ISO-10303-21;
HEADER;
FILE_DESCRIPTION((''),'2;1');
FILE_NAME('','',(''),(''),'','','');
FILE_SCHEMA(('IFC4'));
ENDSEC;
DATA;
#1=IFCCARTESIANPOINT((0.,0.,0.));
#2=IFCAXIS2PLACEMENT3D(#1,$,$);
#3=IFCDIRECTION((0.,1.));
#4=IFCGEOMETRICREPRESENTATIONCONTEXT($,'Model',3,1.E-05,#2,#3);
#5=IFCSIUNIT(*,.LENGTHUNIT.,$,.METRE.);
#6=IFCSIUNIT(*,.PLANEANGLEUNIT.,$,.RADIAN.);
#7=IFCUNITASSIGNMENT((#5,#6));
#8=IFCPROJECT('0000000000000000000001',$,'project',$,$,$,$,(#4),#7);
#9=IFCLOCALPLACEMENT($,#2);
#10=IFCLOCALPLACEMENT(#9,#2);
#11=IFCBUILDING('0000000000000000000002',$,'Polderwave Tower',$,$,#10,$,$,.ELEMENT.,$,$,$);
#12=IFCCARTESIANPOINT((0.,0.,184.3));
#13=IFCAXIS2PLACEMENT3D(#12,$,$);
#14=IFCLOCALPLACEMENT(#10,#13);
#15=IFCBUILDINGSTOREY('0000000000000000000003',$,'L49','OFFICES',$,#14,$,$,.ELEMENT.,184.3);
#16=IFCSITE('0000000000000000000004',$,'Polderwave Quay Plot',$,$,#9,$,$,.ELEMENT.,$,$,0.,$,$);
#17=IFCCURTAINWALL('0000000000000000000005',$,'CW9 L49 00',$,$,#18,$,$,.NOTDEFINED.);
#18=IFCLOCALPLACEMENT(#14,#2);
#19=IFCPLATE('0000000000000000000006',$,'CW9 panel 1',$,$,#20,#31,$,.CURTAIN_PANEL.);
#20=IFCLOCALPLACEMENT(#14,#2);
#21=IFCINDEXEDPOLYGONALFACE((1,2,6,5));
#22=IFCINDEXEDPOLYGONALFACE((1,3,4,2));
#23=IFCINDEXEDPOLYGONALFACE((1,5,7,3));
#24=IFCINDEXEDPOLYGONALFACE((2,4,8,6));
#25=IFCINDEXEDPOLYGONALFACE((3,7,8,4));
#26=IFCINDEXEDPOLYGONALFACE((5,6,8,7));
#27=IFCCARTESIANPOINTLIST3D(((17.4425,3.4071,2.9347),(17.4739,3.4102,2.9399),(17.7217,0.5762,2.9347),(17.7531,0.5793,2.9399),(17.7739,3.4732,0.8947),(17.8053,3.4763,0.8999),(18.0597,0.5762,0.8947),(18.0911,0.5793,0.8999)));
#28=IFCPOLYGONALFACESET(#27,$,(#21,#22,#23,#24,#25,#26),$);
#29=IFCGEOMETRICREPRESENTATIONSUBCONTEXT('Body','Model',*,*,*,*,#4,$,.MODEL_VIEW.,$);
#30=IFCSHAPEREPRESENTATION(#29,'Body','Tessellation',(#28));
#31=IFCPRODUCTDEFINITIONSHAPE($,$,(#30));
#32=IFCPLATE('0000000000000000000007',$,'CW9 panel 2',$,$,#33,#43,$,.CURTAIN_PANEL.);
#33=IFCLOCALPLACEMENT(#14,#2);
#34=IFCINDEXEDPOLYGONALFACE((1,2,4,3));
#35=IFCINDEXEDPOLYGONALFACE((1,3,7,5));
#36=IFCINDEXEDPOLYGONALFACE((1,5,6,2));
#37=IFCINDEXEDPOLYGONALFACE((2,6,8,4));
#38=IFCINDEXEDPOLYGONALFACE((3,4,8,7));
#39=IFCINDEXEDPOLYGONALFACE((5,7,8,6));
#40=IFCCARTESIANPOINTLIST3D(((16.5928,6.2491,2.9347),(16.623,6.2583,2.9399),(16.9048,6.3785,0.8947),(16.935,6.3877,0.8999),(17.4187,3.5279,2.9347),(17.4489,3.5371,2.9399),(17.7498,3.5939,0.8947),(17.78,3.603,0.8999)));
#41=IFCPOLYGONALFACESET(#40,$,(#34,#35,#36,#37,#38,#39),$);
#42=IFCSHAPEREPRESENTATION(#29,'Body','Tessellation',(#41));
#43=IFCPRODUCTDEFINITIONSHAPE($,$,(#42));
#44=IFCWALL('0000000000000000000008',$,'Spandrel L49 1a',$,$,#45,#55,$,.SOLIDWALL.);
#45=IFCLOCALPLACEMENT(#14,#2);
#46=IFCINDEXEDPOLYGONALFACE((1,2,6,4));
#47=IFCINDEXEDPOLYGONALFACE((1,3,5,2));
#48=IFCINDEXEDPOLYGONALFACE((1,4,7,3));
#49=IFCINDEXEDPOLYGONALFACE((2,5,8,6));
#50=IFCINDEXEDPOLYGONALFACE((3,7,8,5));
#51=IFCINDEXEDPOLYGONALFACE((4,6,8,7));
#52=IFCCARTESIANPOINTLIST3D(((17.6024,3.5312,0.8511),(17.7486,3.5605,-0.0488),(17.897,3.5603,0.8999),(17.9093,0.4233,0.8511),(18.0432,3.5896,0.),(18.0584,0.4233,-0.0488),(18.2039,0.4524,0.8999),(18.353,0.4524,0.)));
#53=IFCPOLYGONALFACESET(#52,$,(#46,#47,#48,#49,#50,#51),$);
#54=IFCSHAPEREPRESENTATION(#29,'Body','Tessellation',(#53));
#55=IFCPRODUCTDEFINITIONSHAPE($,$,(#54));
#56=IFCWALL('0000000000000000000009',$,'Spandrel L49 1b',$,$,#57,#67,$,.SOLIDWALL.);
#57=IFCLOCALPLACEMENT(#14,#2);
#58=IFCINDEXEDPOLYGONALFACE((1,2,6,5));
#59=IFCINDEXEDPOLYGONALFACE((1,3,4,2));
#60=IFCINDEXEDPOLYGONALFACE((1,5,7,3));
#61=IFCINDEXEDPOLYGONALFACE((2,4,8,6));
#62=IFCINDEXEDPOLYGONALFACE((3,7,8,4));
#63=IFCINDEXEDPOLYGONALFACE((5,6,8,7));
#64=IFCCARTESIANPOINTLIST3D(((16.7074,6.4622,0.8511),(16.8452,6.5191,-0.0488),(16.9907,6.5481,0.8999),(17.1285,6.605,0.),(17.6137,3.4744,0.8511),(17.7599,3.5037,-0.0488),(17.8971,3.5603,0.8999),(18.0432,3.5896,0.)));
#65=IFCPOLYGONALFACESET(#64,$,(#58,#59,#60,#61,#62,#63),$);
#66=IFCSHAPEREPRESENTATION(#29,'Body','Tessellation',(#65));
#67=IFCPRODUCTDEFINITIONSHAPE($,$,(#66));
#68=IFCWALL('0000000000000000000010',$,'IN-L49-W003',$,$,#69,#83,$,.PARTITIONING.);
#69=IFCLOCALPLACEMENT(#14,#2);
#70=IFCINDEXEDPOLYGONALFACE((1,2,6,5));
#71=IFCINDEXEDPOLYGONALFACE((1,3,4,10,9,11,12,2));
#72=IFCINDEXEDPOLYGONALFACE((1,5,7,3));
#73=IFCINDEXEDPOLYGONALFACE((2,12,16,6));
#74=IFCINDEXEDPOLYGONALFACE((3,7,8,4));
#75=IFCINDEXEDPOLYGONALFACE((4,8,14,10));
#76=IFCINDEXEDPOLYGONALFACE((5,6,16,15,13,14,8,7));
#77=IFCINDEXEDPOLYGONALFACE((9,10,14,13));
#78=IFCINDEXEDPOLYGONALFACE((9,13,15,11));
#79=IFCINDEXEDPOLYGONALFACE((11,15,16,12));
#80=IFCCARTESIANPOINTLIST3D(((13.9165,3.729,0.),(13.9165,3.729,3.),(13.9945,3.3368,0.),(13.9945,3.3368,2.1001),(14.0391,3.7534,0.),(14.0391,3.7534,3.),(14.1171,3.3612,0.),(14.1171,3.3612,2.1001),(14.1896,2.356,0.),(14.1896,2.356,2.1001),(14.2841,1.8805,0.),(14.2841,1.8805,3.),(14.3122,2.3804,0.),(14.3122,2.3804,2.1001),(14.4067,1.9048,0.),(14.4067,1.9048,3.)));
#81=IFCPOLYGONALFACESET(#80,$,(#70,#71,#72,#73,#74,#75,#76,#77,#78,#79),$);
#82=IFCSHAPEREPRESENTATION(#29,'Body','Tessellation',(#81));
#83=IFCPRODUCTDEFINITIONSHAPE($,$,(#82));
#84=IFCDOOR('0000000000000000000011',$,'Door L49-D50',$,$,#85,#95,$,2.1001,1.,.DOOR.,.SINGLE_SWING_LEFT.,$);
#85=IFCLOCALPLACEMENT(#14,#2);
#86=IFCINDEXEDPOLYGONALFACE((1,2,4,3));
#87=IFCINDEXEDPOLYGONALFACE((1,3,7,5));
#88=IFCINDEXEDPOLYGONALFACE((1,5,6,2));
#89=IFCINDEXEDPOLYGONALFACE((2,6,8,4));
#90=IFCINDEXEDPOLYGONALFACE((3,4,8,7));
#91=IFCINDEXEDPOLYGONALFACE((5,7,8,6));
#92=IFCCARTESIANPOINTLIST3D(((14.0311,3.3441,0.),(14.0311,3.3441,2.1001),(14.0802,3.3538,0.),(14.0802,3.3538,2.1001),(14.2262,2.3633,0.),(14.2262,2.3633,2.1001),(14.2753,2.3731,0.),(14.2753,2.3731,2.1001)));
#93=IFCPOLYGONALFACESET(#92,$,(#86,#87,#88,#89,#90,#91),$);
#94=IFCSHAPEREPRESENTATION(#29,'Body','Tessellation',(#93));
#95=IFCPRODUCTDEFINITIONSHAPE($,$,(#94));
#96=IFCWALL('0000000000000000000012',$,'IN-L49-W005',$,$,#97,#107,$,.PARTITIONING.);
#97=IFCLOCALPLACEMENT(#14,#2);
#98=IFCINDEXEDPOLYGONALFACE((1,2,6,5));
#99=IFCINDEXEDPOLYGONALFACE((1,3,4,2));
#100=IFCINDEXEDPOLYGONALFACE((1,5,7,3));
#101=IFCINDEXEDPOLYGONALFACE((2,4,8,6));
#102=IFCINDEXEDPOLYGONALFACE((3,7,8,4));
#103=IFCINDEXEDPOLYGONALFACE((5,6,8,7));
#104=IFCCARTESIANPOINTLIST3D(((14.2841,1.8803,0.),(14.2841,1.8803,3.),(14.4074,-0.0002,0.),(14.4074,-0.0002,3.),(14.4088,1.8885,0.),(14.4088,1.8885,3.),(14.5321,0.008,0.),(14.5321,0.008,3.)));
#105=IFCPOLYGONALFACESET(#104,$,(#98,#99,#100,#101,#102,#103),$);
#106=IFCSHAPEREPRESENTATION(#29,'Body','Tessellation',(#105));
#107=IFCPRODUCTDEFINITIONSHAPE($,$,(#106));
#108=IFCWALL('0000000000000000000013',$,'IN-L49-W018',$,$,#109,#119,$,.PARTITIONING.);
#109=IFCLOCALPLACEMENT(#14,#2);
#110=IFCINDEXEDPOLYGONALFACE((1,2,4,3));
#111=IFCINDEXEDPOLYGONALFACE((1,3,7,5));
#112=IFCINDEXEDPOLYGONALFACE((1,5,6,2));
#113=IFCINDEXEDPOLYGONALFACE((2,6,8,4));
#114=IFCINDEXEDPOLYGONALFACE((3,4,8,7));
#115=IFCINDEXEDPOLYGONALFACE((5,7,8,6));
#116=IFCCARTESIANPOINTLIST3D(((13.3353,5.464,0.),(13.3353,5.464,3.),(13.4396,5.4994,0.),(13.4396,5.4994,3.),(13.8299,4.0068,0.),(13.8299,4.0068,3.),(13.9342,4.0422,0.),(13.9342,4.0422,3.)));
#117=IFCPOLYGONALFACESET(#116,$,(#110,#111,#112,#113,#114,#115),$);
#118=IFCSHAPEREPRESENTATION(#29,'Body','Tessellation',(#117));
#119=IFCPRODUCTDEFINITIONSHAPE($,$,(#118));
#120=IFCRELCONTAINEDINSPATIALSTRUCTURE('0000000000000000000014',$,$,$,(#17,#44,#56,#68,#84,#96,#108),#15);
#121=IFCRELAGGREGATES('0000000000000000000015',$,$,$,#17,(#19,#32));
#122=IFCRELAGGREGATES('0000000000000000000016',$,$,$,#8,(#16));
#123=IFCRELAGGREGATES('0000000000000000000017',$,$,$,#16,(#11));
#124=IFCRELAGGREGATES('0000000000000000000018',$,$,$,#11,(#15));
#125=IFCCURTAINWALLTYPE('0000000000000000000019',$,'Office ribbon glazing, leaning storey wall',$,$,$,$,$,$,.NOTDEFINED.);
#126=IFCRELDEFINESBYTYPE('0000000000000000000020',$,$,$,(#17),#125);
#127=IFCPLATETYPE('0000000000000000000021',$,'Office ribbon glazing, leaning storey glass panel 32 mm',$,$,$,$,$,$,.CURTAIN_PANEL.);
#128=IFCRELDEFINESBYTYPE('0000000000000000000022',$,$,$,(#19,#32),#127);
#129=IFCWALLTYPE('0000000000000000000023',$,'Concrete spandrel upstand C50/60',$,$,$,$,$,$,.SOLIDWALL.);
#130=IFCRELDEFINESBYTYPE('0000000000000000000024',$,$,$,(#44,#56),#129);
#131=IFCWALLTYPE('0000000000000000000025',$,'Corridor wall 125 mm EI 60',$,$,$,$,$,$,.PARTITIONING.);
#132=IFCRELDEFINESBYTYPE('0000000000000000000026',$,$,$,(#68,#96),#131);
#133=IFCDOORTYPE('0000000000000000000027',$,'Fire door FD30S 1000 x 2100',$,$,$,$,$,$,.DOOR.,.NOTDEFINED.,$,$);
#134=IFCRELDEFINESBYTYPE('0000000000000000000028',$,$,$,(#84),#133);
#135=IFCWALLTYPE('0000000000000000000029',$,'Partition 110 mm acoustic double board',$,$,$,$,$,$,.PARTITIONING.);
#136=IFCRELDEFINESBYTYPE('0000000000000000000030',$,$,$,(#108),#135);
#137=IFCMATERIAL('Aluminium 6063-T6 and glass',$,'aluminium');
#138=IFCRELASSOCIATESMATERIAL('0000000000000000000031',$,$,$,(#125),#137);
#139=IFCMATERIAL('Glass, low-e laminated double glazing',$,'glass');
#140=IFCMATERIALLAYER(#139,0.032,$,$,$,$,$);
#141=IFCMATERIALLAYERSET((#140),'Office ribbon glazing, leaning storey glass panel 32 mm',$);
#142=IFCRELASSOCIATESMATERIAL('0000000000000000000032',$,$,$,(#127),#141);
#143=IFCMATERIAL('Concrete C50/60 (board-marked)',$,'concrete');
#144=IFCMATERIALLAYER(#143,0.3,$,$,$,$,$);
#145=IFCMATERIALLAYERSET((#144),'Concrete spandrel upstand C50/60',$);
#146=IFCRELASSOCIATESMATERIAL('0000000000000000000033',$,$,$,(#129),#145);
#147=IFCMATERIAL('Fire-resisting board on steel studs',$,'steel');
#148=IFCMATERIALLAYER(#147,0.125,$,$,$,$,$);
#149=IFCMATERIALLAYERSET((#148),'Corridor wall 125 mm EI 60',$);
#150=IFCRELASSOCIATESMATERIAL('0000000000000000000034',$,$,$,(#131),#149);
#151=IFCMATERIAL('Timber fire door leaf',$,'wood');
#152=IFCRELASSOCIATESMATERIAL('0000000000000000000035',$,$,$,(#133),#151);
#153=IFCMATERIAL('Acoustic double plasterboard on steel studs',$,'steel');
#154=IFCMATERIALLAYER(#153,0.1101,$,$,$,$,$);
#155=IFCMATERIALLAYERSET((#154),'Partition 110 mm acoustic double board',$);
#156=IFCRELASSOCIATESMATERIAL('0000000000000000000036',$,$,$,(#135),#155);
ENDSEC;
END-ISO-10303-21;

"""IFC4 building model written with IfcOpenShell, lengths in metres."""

from ifc_helpers import new_model, si_unit, direction, frame, frame_2d, origin, place, context, subcontext, project, spatial, polyline, rectangle, outline, extrude, material, layer, layer_set, type_object, element, fill, aggregate, save


model = new_model("IFC4")

# Units and contexts
model_context = context("Model", 3, precision=1e-05, world=origin(), true_north=direction((0.0, 1.0)))
body_context = subcontext(model_context, "Body", "Model", "MODEL_VIEW")
ifc_project = project(units=[si_unit("LENGTHUNIT", "METRE"), si_unit("PLANEANGLEUNIT", "RADIAN")], contexts=[model_context])

# Site, building, storey
site_placement = place(None, origin())
site = spatial("IfcSite", under=ifc_project, at=site_placement, Name="Polderwave Quay Plot", CompositionType="ELEMENT", RefElevation=0.0)
building_placement = place(site_placement, origin())
building = spatial("IfcBuilding", under=site, at=building_placement, Name="Polderwave Tower", CompositionType="ELEMENT")
storey_placement = place(building_placement, frame((0.0, 0.0, 184.3)))
storey = spatial("IfcBuildingStorey", under=building, at=storey_placement, Name="L49", Description="OFFICES", CompositionType="ELEMENT", Elevation=184.3)

# Curtain wall
ifc_material_1 = material(Name="Aluminium 6063-T6 and glass", Category="aluminium")
curtain_wall_type = type_object("IfcCurtainWallType", Name="Office ribbon glazing, leaning storey wall", PredefinedType="NOTDEFINED", material=ifc_material_1)
curtain_wall_1_placement = place(storey_placement, origin())
curtain_wall_1 = element("IfcCurtainWall", 1, at=curtain_wall_1_placement, inside=storey, type_object=curtain_wall_type, Name="CW9 L49 00", PredefinedType="NOTDEFINED")

# Plates
ifc_material_2 = material(Name="Glass, low-e laminated double glazing", Category="glass")
ifc_layer_1 = layer(ifc_material_2, 0.032)
ifc_layer_set_1 = layer_set([ifc_layer_1], Name="Office ribbon glazing, leaning storey glass panel 32 mm")
plate_type = type_object("IfcPlateType", Name="Office ribbon glazing, leaning storey glass panel 32 mm", PredefinedType="CURTAIN_PANEL", material=ifc_layer_set_1)
plate_1_placement = place(storey_placement, frame((18.0911, 0.5793, 0.8999), z_axis=(0.981915, 0.096848, 0.162677), x_axis=(-0.098155, 0.995171, -0.000005)))
plate_1 = element("IfcPlate", 2, at=plate_1_placement, type_object=plate_type, Name="CW9 panel 1", PredefinedType="CURTAIN_PANEL", context=body_context, shape_type="SweptSolid", body=[
    extrude(outline(polyline([(0.0, 0.0), (2.911, 0.0), (2.8777, 2.0676), (0.0332, 2.0676), (0.0, 0.0)])), origin(), (0.0, 0.0, -1.0), 0.032),
])
plate_2_placement = place(storey_placement, frame((17.78, 3.603, 0.8999), z_axis=(0.944182, 0.286537, 0.16253), x_axis=(-0.290397, 0.956906, -0.000006)))
plate_2 = element("IfcPlate", 3, at=plate_2_placement, type_object=plate_type, Name="CW9 panel 2", PredefinedType="CURTAIN_PANEL", context=body_context, shape_type="SweptSolid", body=[
    extrude(outline(polyline([(0.0, 0.0), (2.91, 0.0), (2.8768, 2.0675), (0.033, 2.0675), (0.0, 0.0)])), origin(), (0.0, 0.0, -1.0), 0.032),
])
aggregate(curtain_wall_1, [plate_1, plate_2])

# Walls
ifc_material_3 = material(Name="Concrete C50/60 (board-marked)", Category="concrete")
ifc_layer_2 = layer(ifc_material_3, 0.3)
ifc_layer_set_2 = layer_set([ifc_layer_2], Name="Concrete spandrel upstand C50/60")
wall_type_1 = type_object("IfcWallType", Name="Concrete spandrel upstand C50/60", PredefinedType="SOLIDWALL", material=ifc_layer_set_2)
wall_1_placement = place(storey_placement, frame((18.353, 0.4524, 0.0), z_axis=(0.981893, 0.096961, 0.162741), x_axis=(-0.098271, 0.99516, 0.000001)))
element("IfcWall", 4, at=wall_1_placement, inside=storey, type_object=wall_type_1, Name="Spandrel L49 1a", PredefinedType="SOLIDWALL", context=body_context, shape_type="SweptSolid", body=[
    extrude(outline(polyline([(0.0, 0.0), (3.1525, 0.0), (3.1377, 0.9121), (0.0147, 0.9121), (0.0, 0.0)])), origin(), (0.0, 0.0, -1.0), 0.3),
])
wall_2_placement = place(storey_placement, frame((18.0432, 3.5896, 0.0), z_axis=(0.944194, 0.286419, 0.16267), x_axis=(-0.290286, 0.95694, 0.000004)))
element("IfcWall", 5, at=wall_2_placement, inside=storey, type_object=wall_type_1, Name="Spandrel L49 1b", PredefinedType="SOLIDWALL", context=body_context, shape_type="SweptSolid", body=[
    extrude(outline(polyline([(0.0, 0.0), (3.1511, 0.0), (3.1366, 0.912), (0.0144, 0.9121), (0.0, 0.0)])), origin(), (0.0, 0.0, -1.0), 0.3),
])

# Wall, opening, door
ifc_material_4 = material(Name="Fire-resisting board on steel studs", Category="steel")
ifc_layer_3 = layer(ifc_material_4, 0.125)
ifc_layer_set_3 = layer_set([ifc_layer_3], Name="Corridor wall 125 mm EI 60")
wall_type_2 = type_object("IfcWallType", Name="Corridor wall 125 mm EI 60", PredefinedType="PARTITIONING", material=ifc_layer_set_3)
wall_3_placement = place(storey_placement, frame((13.9778, 3.7412, 0.0), z_axis=(0.0, 0.0, 1.0), x_axis=(0.19507, -0.980789, 0.0)))
wall_3 = element("IfcWall", 6, at=wall_3_placement, inside=storey, type_object=wall_type_2, Name="IN-L49-W003", PredefinedType="PARTITIONING", context=body_context, shape_type="SweptSolid", body=[
    extrude(rectangle(XDim=1.8848, YDim=0.125, at=frame_2d((0.9424, 0.0))), origin(), (0.0, 0.0, 1.0), 3.0),
])
opening_placement = place(wall_3_placement, frame((0.3999, 0.0, 0.0)))
opening = element("IfcOpeningElement", 7, at=opening_placement, cuts=wall_3, PredefinedType="OPENING", context=body_context, shape_type="SweptSolid", body=[
    extrude(rectangle(XDim=1.0, YDim=2.1001, at=frame_2d((0.5, 1.05))), frame((0.0, 0.0725, 0.0), z_axis=(0.0, -1.0, 0.0), x_axis=(1.0, 0.0, 0.0)), (0.0, 0.0, 1.0), 0.145),
])
ifc_material_5 = material(Name="Timber fire door leaf", Category="wood")
door_type = type_object("IfcDoorType", Name="Fire door FD30S 1000 x 2100", OperationType="NOTDEFINED", PredefinedType="DOOR", material=ifc_material_5)
door_placement = place(opening_placement, origin())
door = element("IfcDoor", 8, at=door_placement, inside=storey, type_object=door_type, Name="Door L49-D50", OperationType="SINGLE_SWING_LEFT", OverallHeight=2.1001, OverallWidth=1.0, PredefinedType="DOOR", context=body_context, shape_type="SweptSolid", body=[
    extrude(rectangle(XDim=1.0, YDim=2.1001, at=frame_2d((0.5, 1.05))), frame((0.0, 0.0249, 0.0), z_axis=(0.0, -1.0, 0.0), x_axis=(1.0, 0.0, 0.0)), (0.0, 0.0, 1.0), 0.05),
])
fill(opening, door)

# Walls
wall_4_placement = place(storey_placement, frame((14.3464, 1.8845, 0.0), z_axis=(0.0, 0.0, 1.0), x_axis=(0.065427, -0.997857, 0.0)))
element("IfcWall", 9, at=wall_4_placement, inside=storey, type_object=wall_type_2, Name="IN-L49-W005", PredefinedType="PARTITIONING", context=body_context, shape_type="SweptSolid", body=[
    extrude(rectangle(XDim=1.8845, YDim=0.125, at=frame_2d((0.9424, 0.0))), origin(), (0.0, 0.0, 1.0), 3.0),
])
ifc_material_6 = material(Name="Acoustic double plasterboard on steel studs", Category="steel")
ifc_layer_4 = layer(ifc_material_6, 0.1101)
ifc_layer_set_4 = layer_set([ifc_layer_4], Name="Partition 110 mm acoustic double board")
wall_type_3 = type_object("IfcWallType", Name="Partition 110 mm acoustic double board", PredefinedType="PARTITIONING", material=ifc_layer_set_4)
wall_5_placement = place(storey_placement, frame((13.8821, 4.0244, 0.0), z_axis=(0.0, 0.0, 1.0), x_axis=(-0.321411, 0.94694, 0.0)))
element("IfcWall", 10, at=wall_5_placement, inside=storey, type_object=wall_type_3, Name="IN-L49-W018", PredefinedType="PARTITIONING", context=body_context, shape_type="SweptSolid", body=[
    extrude(rectangle(XDim=1.5388, YDim=0.1101, at=frame_2d((0.7695, 0.0))), origin(), (0.0, 0.0, 1.0), 3.0),
])

save(model, "model.ifc")
